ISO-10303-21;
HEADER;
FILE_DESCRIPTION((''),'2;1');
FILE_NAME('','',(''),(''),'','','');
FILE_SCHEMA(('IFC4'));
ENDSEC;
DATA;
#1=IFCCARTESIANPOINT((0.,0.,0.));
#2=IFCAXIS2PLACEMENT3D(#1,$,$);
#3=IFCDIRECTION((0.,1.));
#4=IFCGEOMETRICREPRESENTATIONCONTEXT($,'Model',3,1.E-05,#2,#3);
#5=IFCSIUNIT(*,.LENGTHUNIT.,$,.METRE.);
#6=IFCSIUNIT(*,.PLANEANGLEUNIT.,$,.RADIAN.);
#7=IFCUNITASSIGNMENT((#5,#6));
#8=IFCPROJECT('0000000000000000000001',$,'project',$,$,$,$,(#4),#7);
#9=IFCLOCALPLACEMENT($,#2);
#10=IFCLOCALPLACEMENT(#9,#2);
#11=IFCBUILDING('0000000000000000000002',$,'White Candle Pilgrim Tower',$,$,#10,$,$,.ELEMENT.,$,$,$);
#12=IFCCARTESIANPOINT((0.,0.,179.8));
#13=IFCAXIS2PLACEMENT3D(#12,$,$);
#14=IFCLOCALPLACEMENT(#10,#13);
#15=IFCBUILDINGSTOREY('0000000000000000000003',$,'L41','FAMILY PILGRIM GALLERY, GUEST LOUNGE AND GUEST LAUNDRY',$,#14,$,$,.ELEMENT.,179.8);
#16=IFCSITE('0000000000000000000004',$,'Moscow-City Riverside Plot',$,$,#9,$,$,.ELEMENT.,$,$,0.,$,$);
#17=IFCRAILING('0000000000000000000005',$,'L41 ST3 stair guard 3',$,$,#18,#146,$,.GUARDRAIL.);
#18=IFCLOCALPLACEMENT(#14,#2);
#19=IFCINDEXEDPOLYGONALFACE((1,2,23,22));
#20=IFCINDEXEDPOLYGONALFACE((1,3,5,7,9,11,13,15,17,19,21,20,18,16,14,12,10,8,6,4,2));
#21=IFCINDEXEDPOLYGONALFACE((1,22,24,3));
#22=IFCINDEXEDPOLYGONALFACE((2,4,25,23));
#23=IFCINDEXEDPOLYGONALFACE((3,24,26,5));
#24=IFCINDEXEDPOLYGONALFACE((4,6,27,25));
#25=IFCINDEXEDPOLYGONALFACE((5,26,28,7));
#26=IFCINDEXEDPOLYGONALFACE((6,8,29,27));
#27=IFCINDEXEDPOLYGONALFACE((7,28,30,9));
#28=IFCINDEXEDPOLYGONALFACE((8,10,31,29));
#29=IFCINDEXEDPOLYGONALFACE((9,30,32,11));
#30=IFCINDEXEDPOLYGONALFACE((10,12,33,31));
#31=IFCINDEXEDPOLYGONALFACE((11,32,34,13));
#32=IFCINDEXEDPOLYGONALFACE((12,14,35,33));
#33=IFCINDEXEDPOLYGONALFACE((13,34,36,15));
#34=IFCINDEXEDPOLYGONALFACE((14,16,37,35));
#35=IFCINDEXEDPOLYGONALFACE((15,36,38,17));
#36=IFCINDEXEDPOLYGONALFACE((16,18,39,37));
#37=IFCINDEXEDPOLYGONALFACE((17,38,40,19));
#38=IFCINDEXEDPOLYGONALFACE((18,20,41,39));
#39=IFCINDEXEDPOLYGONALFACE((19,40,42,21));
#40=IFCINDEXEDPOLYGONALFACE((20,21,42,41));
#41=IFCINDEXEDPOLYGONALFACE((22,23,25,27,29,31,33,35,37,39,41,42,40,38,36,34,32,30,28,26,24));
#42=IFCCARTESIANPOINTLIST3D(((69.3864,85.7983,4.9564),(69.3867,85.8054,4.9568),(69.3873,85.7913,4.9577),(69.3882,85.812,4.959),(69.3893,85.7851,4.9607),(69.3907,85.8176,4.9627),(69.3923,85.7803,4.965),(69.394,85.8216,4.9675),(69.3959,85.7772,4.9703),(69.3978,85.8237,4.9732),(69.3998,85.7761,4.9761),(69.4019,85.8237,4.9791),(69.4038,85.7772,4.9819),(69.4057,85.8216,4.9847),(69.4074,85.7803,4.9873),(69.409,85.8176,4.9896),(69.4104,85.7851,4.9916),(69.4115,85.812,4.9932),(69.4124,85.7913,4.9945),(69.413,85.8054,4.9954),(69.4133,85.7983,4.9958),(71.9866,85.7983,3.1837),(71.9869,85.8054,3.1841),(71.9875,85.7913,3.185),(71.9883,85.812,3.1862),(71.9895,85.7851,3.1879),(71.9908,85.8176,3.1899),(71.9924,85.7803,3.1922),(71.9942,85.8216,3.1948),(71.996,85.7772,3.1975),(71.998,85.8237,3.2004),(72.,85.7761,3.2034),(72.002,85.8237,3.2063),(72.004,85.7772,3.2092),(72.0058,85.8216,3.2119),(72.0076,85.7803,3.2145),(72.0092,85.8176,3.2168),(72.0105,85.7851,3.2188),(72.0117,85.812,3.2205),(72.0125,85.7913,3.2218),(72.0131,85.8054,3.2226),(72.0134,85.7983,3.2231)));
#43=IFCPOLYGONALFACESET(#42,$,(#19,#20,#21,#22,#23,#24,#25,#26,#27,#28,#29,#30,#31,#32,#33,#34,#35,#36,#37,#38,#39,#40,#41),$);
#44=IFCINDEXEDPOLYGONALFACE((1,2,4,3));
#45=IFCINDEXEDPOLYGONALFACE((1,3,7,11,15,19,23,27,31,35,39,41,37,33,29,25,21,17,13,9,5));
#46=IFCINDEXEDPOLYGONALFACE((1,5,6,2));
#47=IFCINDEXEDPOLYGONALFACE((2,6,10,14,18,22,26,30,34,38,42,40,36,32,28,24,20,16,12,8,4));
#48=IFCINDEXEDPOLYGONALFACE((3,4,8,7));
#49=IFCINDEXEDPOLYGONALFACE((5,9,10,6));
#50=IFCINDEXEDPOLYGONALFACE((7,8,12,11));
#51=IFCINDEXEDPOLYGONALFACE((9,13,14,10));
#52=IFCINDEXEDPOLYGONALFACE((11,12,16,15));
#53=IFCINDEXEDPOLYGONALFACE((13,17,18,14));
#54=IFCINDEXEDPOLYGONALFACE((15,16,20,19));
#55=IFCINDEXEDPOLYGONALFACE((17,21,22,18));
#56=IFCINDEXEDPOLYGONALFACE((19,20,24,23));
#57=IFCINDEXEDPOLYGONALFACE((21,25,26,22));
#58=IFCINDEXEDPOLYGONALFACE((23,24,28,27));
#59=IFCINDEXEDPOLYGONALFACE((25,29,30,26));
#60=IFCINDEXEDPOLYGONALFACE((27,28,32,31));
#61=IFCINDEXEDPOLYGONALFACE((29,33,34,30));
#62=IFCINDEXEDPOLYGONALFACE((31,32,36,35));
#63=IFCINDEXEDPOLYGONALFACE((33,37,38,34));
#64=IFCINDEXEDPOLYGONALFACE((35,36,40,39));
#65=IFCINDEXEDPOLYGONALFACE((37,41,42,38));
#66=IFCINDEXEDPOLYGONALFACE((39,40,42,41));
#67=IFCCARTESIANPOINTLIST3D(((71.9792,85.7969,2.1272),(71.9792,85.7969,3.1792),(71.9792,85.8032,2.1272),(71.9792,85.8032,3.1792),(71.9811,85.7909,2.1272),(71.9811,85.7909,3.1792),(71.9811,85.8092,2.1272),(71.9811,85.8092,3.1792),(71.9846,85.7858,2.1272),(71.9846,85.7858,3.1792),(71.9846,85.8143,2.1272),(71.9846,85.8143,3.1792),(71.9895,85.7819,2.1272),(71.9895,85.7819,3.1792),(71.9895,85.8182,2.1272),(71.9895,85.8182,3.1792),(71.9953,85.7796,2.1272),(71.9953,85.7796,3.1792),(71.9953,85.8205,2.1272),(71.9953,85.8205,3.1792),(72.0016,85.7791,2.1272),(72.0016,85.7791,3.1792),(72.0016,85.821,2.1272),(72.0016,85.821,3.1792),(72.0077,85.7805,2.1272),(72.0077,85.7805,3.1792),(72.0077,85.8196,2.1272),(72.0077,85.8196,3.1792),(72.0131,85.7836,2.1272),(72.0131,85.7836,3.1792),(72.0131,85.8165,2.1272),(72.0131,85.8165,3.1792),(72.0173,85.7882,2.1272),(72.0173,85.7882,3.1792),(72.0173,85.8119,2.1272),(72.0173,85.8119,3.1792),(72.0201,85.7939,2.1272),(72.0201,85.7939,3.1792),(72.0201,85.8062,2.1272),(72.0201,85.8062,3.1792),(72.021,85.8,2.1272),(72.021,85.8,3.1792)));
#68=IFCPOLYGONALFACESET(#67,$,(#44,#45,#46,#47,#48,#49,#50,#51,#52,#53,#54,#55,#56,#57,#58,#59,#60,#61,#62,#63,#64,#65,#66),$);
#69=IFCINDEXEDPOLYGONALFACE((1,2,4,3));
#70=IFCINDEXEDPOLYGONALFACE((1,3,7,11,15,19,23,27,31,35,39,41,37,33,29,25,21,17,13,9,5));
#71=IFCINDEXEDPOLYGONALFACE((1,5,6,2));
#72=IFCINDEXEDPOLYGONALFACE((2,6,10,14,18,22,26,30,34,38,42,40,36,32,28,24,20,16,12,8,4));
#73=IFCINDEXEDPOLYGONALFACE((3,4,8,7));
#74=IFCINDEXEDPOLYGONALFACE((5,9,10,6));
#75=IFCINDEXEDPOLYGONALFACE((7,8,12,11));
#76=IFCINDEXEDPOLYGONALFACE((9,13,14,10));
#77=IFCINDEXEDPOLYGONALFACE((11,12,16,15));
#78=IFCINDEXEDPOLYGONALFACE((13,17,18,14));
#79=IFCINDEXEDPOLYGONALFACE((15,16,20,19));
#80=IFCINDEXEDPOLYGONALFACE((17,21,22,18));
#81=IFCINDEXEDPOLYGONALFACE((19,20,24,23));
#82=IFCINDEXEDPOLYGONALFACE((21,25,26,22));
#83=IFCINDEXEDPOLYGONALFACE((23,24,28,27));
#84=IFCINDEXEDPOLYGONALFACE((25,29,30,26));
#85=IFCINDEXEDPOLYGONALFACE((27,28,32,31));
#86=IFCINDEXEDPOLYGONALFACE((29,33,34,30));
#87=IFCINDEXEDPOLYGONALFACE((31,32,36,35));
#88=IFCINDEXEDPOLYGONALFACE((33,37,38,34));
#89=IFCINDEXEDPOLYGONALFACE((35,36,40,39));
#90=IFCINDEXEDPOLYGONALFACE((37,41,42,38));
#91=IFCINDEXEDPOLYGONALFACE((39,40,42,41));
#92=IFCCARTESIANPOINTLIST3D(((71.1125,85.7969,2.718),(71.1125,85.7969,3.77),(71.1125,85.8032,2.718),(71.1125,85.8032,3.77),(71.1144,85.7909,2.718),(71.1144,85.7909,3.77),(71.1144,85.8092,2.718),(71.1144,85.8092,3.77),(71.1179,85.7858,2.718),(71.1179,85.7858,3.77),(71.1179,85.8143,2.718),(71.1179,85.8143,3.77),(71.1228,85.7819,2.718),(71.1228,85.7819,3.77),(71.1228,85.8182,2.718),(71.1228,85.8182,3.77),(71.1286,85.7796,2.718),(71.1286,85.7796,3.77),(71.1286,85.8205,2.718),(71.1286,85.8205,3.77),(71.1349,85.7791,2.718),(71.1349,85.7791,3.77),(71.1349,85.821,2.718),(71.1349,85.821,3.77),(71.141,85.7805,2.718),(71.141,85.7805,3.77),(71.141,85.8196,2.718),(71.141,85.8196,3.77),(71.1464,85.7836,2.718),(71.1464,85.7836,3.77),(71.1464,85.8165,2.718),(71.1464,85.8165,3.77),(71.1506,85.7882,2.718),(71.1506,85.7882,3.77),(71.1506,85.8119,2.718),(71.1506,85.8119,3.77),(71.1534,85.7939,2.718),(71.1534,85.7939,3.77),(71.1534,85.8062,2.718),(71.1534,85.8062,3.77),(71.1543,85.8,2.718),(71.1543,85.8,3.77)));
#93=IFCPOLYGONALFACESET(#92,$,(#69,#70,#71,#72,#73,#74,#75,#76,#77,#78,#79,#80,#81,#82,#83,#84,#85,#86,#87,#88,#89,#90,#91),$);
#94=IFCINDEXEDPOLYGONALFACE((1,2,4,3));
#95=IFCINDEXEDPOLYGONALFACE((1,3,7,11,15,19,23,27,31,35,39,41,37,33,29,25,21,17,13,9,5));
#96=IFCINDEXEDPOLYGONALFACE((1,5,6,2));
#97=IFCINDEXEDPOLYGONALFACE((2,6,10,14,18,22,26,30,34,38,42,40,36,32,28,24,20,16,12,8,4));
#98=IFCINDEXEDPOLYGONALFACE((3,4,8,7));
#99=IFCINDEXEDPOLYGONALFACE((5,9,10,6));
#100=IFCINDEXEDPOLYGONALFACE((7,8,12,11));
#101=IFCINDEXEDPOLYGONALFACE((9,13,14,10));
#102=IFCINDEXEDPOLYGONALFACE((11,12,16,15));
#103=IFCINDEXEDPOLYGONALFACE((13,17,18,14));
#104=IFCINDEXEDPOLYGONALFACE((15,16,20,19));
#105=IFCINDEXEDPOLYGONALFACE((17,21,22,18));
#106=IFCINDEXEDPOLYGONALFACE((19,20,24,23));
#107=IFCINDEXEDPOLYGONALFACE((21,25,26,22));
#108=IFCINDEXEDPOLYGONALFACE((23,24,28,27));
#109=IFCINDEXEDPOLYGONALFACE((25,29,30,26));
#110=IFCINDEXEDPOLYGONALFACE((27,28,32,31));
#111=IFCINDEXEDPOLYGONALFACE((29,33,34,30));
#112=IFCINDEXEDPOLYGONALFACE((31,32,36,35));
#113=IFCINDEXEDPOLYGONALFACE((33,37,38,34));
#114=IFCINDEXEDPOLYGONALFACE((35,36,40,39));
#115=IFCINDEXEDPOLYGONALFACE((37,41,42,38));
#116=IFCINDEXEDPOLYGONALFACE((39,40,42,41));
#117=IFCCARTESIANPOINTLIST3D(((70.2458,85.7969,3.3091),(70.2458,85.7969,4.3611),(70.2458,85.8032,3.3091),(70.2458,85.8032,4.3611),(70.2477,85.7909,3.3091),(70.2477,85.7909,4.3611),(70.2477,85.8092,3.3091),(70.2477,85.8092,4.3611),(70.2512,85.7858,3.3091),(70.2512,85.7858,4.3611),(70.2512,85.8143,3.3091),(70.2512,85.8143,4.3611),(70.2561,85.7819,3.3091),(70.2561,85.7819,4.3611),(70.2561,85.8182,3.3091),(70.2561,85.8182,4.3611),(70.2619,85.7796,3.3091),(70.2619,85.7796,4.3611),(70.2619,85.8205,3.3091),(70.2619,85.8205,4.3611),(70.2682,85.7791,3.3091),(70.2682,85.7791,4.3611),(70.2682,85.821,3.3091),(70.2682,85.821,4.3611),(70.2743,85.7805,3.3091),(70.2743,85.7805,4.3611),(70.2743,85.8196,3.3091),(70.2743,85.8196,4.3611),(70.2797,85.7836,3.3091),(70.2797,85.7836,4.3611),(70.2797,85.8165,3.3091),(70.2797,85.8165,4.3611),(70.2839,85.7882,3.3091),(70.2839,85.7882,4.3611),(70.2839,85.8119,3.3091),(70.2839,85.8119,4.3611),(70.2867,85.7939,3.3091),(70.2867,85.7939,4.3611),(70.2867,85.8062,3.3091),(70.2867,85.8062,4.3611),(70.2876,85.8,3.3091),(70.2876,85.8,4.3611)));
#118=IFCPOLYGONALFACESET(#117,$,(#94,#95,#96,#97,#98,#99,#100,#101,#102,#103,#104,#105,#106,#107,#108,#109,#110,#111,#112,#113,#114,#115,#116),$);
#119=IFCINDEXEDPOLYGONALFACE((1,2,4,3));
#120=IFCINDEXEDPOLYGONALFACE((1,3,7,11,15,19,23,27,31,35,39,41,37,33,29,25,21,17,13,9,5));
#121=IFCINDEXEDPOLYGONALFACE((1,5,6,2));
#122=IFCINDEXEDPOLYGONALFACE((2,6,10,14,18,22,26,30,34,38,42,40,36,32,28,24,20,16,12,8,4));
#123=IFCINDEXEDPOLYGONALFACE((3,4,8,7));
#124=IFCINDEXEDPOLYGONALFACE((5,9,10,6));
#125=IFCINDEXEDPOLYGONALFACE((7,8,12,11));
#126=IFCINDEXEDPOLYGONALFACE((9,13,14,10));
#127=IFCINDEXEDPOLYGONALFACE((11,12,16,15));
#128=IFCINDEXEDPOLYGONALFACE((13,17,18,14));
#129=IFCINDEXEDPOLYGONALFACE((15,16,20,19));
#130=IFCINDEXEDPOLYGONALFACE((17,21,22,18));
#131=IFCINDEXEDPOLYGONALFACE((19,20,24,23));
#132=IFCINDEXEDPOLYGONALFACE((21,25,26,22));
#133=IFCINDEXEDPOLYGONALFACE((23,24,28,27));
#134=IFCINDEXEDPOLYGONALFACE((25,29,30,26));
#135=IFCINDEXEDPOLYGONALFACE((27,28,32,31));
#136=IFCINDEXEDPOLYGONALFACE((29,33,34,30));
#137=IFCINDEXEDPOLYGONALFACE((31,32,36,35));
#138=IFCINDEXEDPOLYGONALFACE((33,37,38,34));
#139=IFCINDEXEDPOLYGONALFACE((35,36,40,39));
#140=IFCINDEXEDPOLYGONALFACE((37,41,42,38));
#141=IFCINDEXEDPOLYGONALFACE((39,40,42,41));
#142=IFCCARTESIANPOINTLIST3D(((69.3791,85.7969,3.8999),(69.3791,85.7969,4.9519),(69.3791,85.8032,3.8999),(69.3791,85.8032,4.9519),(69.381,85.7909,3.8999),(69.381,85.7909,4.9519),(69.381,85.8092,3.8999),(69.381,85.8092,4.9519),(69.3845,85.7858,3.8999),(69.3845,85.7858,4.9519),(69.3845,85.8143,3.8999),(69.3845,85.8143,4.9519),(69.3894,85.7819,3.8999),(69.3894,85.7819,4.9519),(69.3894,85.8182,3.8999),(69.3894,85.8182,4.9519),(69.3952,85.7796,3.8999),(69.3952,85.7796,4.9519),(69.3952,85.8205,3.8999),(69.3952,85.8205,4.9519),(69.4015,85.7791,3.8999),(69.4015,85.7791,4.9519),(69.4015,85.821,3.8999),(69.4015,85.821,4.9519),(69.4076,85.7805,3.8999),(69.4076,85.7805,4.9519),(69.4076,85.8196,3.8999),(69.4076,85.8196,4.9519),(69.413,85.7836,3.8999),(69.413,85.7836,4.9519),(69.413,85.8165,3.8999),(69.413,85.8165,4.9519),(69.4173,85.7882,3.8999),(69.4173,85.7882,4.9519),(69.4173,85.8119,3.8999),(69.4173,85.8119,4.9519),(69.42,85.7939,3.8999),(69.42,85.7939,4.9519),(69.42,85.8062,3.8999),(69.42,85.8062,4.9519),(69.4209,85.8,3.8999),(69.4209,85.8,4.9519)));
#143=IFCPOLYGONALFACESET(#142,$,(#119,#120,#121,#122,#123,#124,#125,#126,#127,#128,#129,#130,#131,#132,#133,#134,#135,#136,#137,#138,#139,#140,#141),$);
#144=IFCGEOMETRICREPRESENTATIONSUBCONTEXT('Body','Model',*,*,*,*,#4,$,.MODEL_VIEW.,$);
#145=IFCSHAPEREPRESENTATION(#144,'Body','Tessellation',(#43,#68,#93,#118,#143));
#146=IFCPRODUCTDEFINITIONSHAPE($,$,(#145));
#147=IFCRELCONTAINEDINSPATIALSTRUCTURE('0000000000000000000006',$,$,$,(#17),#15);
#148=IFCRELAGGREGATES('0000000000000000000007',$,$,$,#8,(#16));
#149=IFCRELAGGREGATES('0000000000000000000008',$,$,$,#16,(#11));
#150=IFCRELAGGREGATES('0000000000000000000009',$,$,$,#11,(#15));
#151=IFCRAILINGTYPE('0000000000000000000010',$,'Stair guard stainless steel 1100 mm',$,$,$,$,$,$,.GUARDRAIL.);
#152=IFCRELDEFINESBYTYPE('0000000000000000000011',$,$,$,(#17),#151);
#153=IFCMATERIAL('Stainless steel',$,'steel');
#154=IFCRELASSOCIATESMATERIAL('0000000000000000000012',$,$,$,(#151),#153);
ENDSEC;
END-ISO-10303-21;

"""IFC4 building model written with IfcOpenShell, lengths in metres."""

from ifc_helpers import new_model, si_unit, direction, frame, origin, origin_2d, place, context, subcontext, project, spatial, circle, extrude, material, type_object, element, save


model = new_model("IFC4")

# Units and contexts
model_context = context("Model", 3, precision=1e-05, world=origin(), true_north=direction((0.0, 1.0)))
body_context = subcontext(model_context, "Body", "Model", "MODEL_VIEW")
ifc_project = project(units=[si_unit("LENGTHUNIT", "METRE"), si_unit("PLANEANGLEUNIT", "RADIAN")], contexts=[model_context])

# Site, building, storey
site_placement = place(None, origin())
site = spatial("IfcSite", under=ifc_project, at=site_placement, Name="Moscow-City Riverside Plot", CompositionType="ELEMENT", RefElevation=0.0)
building_placement = place(site_placement, origin())
building = spatial("IfcBuilding", under=site, at=building_placement, Name="White Candle Pilgrim Tower", CompositionType="ELEMENT")
storey_placement = place(building_placement, frame((0.0, 0.0, 179.8)))
storey = spatial("IfcBuildingStorey", under=building, at=storey_placement, Name="L41", Description="FAMILY PILGRIM GALLERY, GUEST LOUNGE AND GUEST LAUNDRY", CompositionType="ELEMENT", Elevation=179.8)

# Railing
ifc_material_1 = material(Name="Stainless steel", Category="steel")
railing_type_1 = type_object("IfcRailingType", Name="Stair guard stainless steel 1100 mm", PredefinedType="GUARDRAIL", material=ifc_material_1)
railing_1_placement = place(storey_placement, frame((72.0, 85.8, 2.1272)))
element("IfcRailing", 1, at=railing_1_placement, inside=storey, type_object=railing_type_1, Name="L41 ST3 stair guard 3", PredefinedType="GUARDRAIL", context=body_context, shape_type="SweptSolid", body=[
    extrude(circle(Radius=0.0239, at=origin_2d()), frame((0.0, 0.0, 1.0762), z_axis=(-0.82624, 0.0, 0.563318), x_axis=(0.0, -1.0, 0.0)), (0.0, 0.0, 1.0), 3.147),
    extrude(circle(Radius=0.021, at=origin_2d()), origin(), (0.0, 0.0, 1.0), 1.052),
    extrude(circle(Radius=0.021, at=origin_2d()), frame((-0.8667, 0.0, 0.5908)), (0.0, 0.0, 1.0), 1.052),
    extrude(circle(Radius=0.021, at=origin_2d()), frame((-1.7334, 0.0, 1.1819)), (0.0, 0.0, 1.0), 1.052),
    extrude(circle(Radius=0.021, at=origin_2d()), frame((-2.6001, 0.0, 1.7727)), (0.0, 0.0, 1.0), 1.052),
])

save(model, "model.ifc")
